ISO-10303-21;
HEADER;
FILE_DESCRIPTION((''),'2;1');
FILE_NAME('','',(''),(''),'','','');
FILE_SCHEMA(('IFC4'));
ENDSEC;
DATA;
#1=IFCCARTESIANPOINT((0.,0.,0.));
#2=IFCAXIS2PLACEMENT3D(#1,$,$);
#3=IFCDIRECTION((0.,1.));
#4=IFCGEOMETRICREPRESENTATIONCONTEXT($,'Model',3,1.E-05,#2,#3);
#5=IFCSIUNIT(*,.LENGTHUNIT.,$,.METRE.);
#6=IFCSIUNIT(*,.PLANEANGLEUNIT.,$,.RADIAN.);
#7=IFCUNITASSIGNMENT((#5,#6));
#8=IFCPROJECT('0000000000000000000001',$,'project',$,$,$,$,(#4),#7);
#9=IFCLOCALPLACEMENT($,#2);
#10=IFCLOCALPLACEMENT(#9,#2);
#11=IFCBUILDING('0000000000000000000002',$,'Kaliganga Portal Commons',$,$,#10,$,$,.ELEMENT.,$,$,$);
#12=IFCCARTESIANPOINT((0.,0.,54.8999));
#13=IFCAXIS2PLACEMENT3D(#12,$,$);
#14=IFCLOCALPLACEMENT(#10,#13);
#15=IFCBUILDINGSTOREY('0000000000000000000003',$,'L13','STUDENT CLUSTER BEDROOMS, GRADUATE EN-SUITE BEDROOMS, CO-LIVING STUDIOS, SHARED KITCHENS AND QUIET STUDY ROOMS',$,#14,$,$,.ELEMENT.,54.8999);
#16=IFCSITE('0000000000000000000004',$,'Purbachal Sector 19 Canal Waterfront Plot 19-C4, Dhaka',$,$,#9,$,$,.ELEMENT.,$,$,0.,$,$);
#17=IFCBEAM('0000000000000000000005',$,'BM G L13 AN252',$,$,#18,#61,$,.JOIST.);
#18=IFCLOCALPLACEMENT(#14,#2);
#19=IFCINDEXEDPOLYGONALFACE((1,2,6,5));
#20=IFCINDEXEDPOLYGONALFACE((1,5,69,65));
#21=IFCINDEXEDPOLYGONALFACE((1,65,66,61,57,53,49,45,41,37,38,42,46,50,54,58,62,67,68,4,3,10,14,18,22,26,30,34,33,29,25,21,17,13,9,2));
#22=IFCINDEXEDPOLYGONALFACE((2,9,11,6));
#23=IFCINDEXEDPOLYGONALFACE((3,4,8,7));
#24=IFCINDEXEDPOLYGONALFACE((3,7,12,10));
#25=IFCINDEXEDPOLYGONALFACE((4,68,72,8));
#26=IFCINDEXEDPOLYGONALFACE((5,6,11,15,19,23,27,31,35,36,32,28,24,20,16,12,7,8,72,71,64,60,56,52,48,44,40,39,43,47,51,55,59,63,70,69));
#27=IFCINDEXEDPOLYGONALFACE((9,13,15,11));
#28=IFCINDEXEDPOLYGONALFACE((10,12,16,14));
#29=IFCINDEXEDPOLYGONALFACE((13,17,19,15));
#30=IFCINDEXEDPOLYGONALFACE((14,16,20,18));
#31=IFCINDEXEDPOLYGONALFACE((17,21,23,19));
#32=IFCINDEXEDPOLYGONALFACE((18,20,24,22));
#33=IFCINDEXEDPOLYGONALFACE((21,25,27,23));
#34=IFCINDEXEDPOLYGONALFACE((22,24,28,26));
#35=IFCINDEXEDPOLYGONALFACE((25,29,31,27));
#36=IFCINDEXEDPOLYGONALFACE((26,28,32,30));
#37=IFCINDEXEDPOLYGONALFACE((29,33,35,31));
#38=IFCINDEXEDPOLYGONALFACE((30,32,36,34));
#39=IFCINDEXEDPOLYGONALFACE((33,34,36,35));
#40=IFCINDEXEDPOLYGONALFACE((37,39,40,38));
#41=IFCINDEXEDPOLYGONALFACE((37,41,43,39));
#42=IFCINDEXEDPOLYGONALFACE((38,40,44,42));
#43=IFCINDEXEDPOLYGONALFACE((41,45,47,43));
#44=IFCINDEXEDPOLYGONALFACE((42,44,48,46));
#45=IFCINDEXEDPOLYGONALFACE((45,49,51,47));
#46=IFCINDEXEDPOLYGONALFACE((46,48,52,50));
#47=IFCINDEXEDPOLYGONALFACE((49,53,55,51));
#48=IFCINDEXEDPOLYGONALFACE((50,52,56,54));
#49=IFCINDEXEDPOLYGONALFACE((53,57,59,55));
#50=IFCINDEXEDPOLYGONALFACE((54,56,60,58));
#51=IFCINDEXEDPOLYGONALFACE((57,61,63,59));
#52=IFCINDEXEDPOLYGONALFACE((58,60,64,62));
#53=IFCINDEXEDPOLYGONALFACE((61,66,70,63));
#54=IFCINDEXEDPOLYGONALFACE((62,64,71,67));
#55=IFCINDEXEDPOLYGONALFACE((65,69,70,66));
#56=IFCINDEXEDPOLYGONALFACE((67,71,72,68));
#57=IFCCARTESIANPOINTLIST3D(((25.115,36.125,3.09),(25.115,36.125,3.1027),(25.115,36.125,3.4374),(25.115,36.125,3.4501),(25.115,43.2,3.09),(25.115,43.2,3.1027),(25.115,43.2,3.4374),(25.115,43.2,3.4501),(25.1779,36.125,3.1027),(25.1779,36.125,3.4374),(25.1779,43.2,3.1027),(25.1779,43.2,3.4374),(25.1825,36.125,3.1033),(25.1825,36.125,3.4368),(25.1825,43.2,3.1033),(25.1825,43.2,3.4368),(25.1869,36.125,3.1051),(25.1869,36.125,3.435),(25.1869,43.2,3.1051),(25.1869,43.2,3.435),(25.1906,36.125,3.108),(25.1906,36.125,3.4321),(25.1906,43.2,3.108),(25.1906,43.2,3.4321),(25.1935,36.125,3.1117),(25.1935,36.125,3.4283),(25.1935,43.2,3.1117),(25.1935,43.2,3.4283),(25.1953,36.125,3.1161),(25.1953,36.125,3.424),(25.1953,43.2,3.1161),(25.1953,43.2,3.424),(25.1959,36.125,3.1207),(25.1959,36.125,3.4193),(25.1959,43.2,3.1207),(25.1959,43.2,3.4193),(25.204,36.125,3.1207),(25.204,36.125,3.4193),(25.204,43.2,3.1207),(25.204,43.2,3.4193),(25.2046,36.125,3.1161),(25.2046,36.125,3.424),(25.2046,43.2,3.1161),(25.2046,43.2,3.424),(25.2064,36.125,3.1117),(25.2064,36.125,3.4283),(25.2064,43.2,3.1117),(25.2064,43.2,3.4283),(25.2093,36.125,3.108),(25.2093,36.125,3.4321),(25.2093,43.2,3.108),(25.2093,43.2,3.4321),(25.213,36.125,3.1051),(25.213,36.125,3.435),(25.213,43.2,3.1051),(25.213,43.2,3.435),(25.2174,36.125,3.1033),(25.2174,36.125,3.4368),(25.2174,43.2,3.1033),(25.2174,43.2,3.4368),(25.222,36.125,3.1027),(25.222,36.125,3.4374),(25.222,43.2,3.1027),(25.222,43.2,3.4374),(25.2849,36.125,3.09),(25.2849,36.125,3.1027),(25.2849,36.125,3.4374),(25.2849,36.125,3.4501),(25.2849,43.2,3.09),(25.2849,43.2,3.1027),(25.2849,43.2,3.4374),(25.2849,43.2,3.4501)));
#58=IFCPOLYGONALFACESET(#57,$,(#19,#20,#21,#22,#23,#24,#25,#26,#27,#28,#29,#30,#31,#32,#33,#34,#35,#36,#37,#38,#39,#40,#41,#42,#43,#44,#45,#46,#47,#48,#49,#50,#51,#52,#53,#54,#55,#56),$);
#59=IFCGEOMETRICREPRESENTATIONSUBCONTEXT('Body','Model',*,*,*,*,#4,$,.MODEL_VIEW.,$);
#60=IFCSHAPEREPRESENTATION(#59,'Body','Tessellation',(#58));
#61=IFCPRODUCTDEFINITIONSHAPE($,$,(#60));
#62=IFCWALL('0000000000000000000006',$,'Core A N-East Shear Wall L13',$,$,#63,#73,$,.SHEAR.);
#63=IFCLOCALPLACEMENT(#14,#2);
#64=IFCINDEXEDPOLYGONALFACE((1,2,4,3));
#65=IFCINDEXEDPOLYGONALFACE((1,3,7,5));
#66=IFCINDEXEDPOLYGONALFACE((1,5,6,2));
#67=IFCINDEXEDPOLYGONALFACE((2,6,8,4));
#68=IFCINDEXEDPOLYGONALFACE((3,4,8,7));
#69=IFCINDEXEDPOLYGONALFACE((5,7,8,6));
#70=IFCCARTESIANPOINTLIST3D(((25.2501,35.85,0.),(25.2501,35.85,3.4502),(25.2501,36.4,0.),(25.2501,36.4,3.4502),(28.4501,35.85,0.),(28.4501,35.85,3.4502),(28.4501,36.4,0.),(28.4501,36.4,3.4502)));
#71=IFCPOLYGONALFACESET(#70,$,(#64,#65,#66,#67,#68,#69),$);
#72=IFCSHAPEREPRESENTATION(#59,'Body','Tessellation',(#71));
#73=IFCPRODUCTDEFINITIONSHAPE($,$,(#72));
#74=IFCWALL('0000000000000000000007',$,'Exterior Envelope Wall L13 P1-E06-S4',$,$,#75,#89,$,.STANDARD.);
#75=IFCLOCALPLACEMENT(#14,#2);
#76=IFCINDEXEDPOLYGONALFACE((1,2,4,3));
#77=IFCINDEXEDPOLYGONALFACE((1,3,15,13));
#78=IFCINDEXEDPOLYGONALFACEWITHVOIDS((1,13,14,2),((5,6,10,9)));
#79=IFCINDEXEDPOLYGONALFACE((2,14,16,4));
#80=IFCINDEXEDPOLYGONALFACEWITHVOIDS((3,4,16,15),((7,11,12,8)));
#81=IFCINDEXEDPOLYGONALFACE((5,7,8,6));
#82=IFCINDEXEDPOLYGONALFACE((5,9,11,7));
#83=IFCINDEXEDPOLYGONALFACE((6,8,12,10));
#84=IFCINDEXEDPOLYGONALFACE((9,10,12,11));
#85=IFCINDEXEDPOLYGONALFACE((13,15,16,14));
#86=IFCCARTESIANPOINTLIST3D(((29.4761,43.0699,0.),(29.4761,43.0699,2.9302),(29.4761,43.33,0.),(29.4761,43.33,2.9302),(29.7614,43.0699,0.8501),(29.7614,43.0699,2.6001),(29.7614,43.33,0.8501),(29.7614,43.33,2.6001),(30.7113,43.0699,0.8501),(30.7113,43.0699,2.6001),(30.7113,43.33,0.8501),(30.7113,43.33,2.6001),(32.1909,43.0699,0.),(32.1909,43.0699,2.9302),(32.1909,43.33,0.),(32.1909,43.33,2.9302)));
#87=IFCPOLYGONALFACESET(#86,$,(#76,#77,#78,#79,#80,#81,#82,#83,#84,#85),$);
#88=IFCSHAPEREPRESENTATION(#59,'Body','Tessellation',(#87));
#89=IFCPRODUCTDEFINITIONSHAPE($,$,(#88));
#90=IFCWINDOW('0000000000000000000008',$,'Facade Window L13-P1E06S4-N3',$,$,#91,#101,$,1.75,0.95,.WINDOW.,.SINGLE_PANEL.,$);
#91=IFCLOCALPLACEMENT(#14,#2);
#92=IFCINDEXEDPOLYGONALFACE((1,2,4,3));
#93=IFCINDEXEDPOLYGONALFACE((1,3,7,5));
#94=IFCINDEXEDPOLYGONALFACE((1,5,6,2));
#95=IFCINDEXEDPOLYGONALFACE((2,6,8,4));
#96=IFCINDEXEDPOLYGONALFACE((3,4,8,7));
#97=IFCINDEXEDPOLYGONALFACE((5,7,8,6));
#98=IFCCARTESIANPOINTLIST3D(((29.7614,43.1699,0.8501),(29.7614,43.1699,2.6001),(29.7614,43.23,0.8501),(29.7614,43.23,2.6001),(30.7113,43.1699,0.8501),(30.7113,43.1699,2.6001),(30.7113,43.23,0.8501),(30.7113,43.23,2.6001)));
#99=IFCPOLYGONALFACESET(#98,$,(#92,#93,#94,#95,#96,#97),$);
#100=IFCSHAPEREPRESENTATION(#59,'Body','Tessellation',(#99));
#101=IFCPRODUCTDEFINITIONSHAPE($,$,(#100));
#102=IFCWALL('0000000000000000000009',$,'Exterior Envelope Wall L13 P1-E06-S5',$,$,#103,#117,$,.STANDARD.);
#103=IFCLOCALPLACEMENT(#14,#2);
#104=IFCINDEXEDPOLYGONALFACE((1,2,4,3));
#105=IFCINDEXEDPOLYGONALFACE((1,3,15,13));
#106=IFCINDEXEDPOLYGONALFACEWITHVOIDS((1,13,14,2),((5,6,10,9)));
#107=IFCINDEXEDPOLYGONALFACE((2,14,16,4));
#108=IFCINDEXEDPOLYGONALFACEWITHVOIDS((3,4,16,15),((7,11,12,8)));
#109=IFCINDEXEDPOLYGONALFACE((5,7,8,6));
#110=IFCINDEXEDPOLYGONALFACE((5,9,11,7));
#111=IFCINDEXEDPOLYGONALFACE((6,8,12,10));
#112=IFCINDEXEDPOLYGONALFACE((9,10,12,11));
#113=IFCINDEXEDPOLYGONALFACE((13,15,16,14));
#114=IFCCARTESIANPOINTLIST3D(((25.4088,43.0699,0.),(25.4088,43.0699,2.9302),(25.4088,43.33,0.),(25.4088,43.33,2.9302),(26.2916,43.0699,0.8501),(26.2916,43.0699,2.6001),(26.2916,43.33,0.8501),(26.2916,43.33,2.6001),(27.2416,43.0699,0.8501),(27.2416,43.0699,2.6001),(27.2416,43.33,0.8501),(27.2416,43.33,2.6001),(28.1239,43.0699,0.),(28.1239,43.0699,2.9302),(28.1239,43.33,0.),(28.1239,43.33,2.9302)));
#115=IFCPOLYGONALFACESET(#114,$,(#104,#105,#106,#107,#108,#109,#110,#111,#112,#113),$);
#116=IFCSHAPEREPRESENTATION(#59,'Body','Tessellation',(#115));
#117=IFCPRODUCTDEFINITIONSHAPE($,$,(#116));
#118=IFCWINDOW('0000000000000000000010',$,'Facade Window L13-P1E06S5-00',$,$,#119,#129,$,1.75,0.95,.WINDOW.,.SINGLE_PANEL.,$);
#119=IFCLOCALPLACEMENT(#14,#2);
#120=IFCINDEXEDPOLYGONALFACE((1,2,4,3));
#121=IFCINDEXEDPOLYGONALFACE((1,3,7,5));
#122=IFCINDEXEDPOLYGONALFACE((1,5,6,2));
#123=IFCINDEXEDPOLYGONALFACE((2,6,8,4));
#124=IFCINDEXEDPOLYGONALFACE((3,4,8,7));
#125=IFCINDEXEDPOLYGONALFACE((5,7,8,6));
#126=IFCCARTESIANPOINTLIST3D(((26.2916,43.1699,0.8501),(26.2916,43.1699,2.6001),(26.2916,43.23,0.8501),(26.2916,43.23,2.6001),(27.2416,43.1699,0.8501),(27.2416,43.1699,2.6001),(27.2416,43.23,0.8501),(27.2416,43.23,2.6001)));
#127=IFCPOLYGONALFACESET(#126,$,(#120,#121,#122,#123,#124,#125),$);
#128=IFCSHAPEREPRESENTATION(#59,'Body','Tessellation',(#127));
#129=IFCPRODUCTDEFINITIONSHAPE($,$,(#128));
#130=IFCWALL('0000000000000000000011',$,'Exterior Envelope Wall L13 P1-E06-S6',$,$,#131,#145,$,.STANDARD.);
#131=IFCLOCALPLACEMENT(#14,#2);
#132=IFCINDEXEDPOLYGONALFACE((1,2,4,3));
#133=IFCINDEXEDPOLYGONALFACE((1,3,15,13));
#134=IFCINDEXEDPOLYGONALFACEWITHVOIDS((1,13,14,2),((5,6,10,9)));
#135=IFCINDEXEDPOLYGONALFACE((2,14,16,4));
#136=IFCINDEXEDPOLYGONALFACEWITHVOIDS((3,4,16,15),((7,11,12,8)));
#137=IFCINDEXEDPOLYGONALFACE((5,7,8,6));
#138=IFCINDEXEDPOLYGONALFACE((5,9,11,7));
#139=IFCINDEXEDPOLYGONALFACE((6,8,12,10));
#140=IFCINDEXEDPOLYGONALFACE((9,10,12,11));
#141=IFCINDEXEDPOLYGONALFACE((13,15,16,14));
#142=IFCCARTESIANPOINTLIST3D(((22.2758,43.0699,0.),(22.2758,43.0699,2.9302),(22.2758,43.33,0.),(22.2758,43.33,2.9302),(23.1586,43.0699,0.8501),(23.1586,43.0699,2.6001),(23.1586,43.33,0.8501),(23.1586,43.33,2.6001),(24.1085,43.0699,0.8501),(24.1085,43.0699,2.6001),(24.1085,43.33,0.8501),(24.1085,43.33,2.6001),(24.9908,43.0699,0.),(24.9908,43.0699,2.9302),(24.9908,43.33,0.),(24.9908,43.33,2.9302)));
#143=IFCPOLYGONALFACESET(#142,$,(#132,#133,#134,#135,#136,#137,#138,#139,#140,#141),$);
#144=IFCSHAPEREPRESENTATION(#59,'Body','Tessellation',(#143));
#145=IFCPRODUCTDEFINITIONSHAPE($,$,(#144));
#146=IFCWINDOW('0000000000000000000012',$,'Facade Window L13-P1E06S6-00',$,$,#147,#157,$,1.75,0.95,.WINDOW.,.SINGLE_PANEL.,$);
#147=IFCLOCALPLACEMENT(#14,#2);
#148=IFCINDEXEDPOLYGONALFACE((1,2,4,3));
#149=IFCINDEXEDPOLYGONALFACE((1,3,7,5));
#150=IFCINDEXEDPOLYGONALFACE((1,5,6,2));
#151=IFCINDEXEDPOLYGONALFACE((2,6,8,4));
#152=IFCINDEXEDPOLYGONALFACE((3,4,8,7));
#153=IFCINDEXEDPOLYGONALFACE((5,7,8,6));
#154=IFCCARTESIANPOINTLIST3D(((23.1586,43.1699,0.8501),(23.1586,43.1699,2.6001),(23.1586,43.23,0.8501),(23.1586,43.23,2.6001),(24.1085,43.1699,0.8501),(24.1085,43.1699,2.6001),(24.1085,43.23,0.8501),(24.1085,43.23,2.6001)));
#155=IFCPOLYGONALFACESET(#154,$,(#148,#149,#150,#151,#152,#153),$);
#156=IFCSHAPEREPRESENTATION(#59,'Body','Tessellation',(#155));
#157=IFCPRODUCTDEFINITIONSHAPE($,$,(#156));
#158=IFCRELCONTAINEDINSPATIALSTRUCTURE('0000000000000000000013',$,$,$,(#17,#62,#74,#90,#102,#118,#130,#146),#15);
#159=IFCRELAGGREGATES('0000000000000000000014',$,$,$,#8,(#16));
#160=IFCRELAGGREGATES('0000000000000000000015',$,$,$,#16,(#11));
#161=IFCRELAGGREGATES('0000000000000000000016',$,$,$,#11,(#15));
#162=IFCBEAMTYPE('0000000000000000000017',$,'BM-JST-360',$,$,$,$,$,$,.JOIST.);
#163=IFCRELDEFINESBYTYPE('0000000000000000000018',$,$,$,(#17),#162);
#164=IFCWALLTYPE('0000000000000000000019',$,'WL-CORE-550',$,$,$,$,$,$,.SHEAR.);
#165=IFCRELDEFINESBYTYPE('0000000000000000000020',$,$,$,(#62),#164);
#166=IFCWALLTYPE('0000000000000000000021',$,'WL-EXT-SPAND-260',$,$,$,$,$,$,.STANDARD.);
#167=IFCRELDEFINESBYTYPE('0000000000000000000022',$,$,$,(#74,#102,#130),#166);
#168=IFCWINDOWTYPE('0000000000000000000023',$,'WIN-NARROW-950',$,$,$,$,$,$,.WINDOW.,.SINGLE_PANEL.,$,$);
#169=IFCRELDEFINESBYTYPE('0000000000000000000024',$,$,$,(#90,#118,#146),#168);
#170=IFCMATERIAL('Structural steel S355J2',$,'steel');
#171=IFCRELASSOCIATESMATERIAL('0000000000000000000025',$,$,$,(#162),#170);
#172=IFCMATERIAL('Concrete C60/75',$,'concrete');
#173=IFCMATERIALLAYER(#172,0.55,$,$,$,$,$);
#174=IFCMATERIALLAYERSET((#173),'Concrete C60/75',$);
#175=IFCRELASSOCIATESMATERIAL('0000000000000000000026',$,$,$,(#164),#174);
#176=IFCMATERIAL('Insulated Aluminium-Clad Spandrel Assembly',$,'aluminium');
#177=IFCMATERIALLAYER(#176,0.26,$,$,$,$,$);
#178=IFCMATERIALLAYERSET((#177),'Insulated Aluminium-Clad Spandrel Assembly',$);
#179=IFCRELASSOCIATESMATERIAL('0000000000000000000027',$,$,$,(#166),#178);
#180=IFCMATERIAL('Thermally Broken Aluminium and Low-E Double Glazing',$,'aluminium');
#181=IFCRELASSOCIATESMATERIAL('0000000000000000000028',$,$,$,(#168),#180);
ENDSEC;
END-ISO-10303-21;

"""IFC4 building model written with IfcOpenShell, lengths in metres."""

from ifc_helpers import new_model, si_unit, direction, frame, frame_2d, origin, origin_2d, place, context, subcontext, project, spatial, rectangle, i_section, extrude, source, transform, mapped, material, layer, layer_set, material_profile, profile_set, type_object, element, fill, save


model = new_model("IFC4")

# Units and contexts
model_context = context("Model", 3, precision=1e-05, world=origin(), true_north=direction((0.0, 1.0)))
body_context = subcontext(model_context, "Body", "Model", "MODEL_VIEW")
ifc_project = project(units=[si_unit("LENGTHUNIT", "METRE"), si_unit("PLANEANGLEUNIT", "RADIAN")], contexts=[model_context])

# Site, building, storey
site_placement = place(None, origin())
site = spatial("IfcSite", under=ifc_project, at=site_placement, Name="Purbachal Sector 19 Canal Waterfront Plot 19-C4, Dhaka", CompositionType="ELEMENT", RefElevation=0.0)
building_placement = place(site_placement, origin())
building = spatial("IfcBuilding", under=site, at=building_placement, Name="Kaliganga Portal Commons", CompositionType="ELEMENT")
storey_placement = place(building_placement, frame((0.0, 0.0, 54.8999)))
storey = spatial("IfcBuildingStorey", under=building, at=storey_placement, Name="L13", Description="STUDENT CLUSTER BEDROOMS, GRADUATE EN-SUITE BEDROOMS, CO-LIVING STUDIOS, SHARED KITCHENS AND QUIET STUDY ROOMS", CompositionType="ELEMENT", Elevation=54.8999)

# Beam
ifc_material_1 = material(Name="Structural steel S355J2", Category="steel")
ifc_material_profile_1 = material_profile(ifc_material_1, i_section(OverallWidth=0.1699, OverallDepth=0.3601, WebThickness=0.0081, FlangeThickness=0.0127, FilletRadius=0.0181, at=origin_2d()), Name="IPE 360")
ifc_profile_set_1 = profile_set([ifc_material_profile_1], Name="Structural steel S355J2 wide-flange")
beam_type_1 = type_object("IfcBeamType", Name="BM-JST-360", PredefinedType="JOIST", material=ifc_profile_set_1)
shared_shape_1 = source(origin(), body_context, "Body", "SweptSolid", [
    extrude(i_section(OverallWidth=0.1699, OverallDepth=0.3601, WebThickness=0.0081, FlangeThickness=0.0127, FilletRadius=0.0181, at=origin_2d()), origin(), (0.0, 0.0, 1.0), 7.075),
])
beam_1_placement = place(storey_placement, frame((25.2, 36.125, 3.27), z_axis=(0.0, 1.0, 0.0), x_axis=(-1.0, 0.0, 0.0)))
element("IfcBeam", 1, at=beam_1_placement, inside=storey, type_object=beam_type_1, Name="BM G L13 AN252", PredefinedType="JOIST", context=body_context, shape_type="MappedRepresentation", body=[
    mapped(shared_shape_1, transform((0.0, 0.0, 0.0), x_axis=(1.0, 0.0, 0.0), y_axis=(0.0, 1.0, 0.0), z_axis=(0.0, 0.0, 1.0), scale=1.0)),
])

# Wall
ifc_material_2 = material(Name="Concrete C60/75", Category="concrete")
ifc_layer_1 = layer(ifc_material_2, 0.55)
ifc_layer_set_1 = layer_set([ifc_layer_1], Name="Concrete C60/75")
wall_type_1 = type_object("IfcWallType", Name="WL-CORE-550", PredefinedType="SHEAR", material=ifc_layer_set_1)
wall_1_placement = place(storey_placement, frame((25.25, 36.125, 0.0), z_axis=(0.0, 0.0, 1.0), x_axis=(1.0, 0.0, 0.0)))
element("IfcWall", 2, at=wall_1_placement, inside=storey, type_object=wall_type_1, Name="Core A N-East Shear Wall L13", PredefinedType="SHEAR", context=body_context, shape_type="SweptSolid", body=[
    extrude(rectangle(XDim=3.2, YDim=0.55, at=frame_2d((1.6001, 0.0))), origin(), (0.0, 0.0, 1.0), 3.4502),
])

# Walls, openings, windows
ifc_material_3 = material(Name="Insulated Aluminium-Clad Spandrel Assembly", Category="aluminium")
ifc_layer_2 = layer(ifc_material_3, 0.26)
ifc_layer_set_2 = layer_set([ifc_layer_2], Name="Insulated Aluminium-Clad Spandrel Assembly")
wall_type_2 = type_object("IfcWallType", Name="WL-EXT-SPAND-260", PredefinedType="STANDARD", material=ifc_layer_set_2)
wall_2_placement = place(storey_placement, frame((29.4761, 43.2, 0.0), z_axis=(0.0, 0.0, 1.0), x_axis=(1.0, 0.0, 0.0)))
wall_2 = element("IfcWall", 3, at=wall_2_placement, inside=storey, type_object=wall_type_2, Name="Exterior Envelope Wall L13 P1-E06-S4", PredefinedType="STANDARD", context=body_context, shape_type="SweptSolid", body=[
    extrude(rectangle(XDim=2.7148, YDim=0.26, at=frame_2d((1.3574, 0.0))), origin(), (0.0, 0.0, 1.0), 2.9302),
])
opening_1_placement = place(wall_2_placement, frame((0.2852, 0.0, 0.8501)))
opening_1 = element("IfcOpeningElement", 4, at=opening_1_placement, cuts=wall_2, PredefinedType="OPENING", context=body_context, shape_type="SweptSolid", body=[
    extrude(rectangle(XDim=0.95, YDim=1.75, at=frame_2d((0.4751, 0.875))), frame((0.0, 0.1401, 0.0), z_axis=(0.0, -1.0, 0.0), x_axis=(1.0, 0.0, 0.0)), (0.0, 0.0, 1.0), 0.28),
])
ifc_material_4 = material(Name="Thermally Broken Aluminium and Low-E Double Glazing", Category="aluminium")
window_type = type_object("IfcWindowType", Name="WIN-NARROW-950", PartitioningType="SINGLE_PANEL", PredefinedType="WINDOW", material=ifc_material_4)
window_1_placement = place(opening_1_placement, origin())
window_1 = element("IfcWindow", 5, at=window_1_placement, inside=storey, type_object=window_type, Name="Facade Window L13-P1E06S4-N3", OverallHeight=1.75, OverallWidth=0.95, PartitioningType="SINGLE_PANEL", PredefinedType="WINDOW", context=body_context, shape_type="SweptSolid", body=[
    extrude(rectangle(XDim=0.95, YDim=1.75, at=frame_2d((0.4751, 0.875))), frame((0.0, 0.03, 0.0), z_axis=(0.0, -1.0, 0.0), x_axis=(1.0, 0.0, 0.0)), (0.0, 0.0, 1.0), 0.0601),
])
fill(opening_1, window_1)
wall_3_placement = place(storey_placement, frame((25.4089, 43.2, 0.0), z_axis=(0.0, 0.0, 1.0), x_axis=(1.0, 0.0, 0.0)))
wall_3 = element("IfcWall", 6, at=wall_3_placement, inside=storey, type_object=wall_type_2, Name="Exterior Envelope Wall L13 P1-E06-S5", PredefinedType="STANDARD", context=body_context, shape_type="SweptSolid", body=[
    extrude(rectangle(XDim=2.7151, YDim=0.26, at=frame_2d((1.3574, 0.0))), origin(), (0.0, 0.0, 1.0), 2.9302),
])
opening_2_placement = place(wall_3_placement, frame((0.8826, 0.0, 0.8501)))
opening_2 = element("IfcOpeningElement", 7, at=opening_2_placement, cuts=wall_3, PredefinedType="OPENING", context=body_context, shape_type="SweptSolid", body=[
    extrude(rectangle(XDim=0.95, YDim=1.75, at=frame_2d((0.4751, 0.875))), frame((0.0, 0.1401, 0.0), z_axis=(0.0, -1.0, 0.0), x_axis=(1.0, 0.0, 0.0)), (0.0, 0.0, 1.0), 0.28),
])
window_2_placement = place(opening_2_placement, origin())
window_2 = element("IfcWindow", 8, at=window_2_placement, inside=storey, type_object=window_type, Name="Facade Window L13-P1E06S5-00", OverallHeight=1.75, OverallWidth=0.95, PartitioningType="SINGLE_PANEL", PredefinedType="WINDOW", context=body_context, shape_type="SweptSolid", body=[
    extrude(rectangle(XDim=0.95, YDim=1.75, at=frame_2d((0.4751, 0.875))), frame((0.0, 0.03, 0.0), z_axis=(0.0, -1.0, 0.0), x_axis=(1.0, 0.0, 0.0)), (0.0, 0.0, 1.0), 0.0601),
])
fill(opening_2, window_2)
wall_4_placement = place(storey_placement, frame((22.2759, 43.2, 0.0), z_axis=(0.0, 0.0, 1.0), x_axis=(1.0, 0.0, 0.0)))
wall_4 = element("IfcWall", 9, at=wall_4_placement, inside=storey, type_object=wall_type_2, Name="Exterior Envelope Wall L13 P1-E06-S6", PredefinedType="STANDARD", context=body_context, shape_type="SweptSolid", body=[
    extrude(rectangle(XDim=2.7151, YDim=0.26, at=frame_2d((1.3574, 0.0))), origin(), (0.0, 0.0, 1.0), 2.9302),
])
opening_3_placement = place(wall_4_placement, frame((0.8826, 0.0, 0.8501)))
opening_3 = element("IfcOpeningElement", 10, at=opening_3_placement, cuts=wall_4, PredefinedType="OPENING", context=body_context, shape_type="SweptSolid", body=[
    extrude(rectangle(XDim=0.95, YDim=1.75, at=frame_2d((0.4751, 0.875))), frame((0.0, 0.1401, 0.0), z_axis=(0.0, -1.0, 0.0), x_axis=(1.0, 0.0, 0.0)), (0.0, 0.0, 1.0), 0.28),
])
window_3_placement = place(opening_3_placement, origin())
window_3 = element("IfcWindow", 11, at=window_3_placement, inside=storey, type_object=window_type, Name="Facade Window L13-P1E06S6-00", OverallHeight=1.75, OverallWidth=0.95, PartitioningType="SINGLE_PANEL", PredefinedType="WINDOW", context=body_context, shape_type="SweptSolid", body=[
    extrude(rectangle(XDim=0.95, YDim=1.75, at=frame_2d((0.4751, 0.875))), frame((0.0, 0.03, 0.0), z_axis=(0.0, -1.0, 0.0), x_axis=(1.0, 0.0, 0.0)), (0.0, 0.0, 1.0), 0.0601),
])
fill(opening_3, window_3)

save(model, "model.ifc")
